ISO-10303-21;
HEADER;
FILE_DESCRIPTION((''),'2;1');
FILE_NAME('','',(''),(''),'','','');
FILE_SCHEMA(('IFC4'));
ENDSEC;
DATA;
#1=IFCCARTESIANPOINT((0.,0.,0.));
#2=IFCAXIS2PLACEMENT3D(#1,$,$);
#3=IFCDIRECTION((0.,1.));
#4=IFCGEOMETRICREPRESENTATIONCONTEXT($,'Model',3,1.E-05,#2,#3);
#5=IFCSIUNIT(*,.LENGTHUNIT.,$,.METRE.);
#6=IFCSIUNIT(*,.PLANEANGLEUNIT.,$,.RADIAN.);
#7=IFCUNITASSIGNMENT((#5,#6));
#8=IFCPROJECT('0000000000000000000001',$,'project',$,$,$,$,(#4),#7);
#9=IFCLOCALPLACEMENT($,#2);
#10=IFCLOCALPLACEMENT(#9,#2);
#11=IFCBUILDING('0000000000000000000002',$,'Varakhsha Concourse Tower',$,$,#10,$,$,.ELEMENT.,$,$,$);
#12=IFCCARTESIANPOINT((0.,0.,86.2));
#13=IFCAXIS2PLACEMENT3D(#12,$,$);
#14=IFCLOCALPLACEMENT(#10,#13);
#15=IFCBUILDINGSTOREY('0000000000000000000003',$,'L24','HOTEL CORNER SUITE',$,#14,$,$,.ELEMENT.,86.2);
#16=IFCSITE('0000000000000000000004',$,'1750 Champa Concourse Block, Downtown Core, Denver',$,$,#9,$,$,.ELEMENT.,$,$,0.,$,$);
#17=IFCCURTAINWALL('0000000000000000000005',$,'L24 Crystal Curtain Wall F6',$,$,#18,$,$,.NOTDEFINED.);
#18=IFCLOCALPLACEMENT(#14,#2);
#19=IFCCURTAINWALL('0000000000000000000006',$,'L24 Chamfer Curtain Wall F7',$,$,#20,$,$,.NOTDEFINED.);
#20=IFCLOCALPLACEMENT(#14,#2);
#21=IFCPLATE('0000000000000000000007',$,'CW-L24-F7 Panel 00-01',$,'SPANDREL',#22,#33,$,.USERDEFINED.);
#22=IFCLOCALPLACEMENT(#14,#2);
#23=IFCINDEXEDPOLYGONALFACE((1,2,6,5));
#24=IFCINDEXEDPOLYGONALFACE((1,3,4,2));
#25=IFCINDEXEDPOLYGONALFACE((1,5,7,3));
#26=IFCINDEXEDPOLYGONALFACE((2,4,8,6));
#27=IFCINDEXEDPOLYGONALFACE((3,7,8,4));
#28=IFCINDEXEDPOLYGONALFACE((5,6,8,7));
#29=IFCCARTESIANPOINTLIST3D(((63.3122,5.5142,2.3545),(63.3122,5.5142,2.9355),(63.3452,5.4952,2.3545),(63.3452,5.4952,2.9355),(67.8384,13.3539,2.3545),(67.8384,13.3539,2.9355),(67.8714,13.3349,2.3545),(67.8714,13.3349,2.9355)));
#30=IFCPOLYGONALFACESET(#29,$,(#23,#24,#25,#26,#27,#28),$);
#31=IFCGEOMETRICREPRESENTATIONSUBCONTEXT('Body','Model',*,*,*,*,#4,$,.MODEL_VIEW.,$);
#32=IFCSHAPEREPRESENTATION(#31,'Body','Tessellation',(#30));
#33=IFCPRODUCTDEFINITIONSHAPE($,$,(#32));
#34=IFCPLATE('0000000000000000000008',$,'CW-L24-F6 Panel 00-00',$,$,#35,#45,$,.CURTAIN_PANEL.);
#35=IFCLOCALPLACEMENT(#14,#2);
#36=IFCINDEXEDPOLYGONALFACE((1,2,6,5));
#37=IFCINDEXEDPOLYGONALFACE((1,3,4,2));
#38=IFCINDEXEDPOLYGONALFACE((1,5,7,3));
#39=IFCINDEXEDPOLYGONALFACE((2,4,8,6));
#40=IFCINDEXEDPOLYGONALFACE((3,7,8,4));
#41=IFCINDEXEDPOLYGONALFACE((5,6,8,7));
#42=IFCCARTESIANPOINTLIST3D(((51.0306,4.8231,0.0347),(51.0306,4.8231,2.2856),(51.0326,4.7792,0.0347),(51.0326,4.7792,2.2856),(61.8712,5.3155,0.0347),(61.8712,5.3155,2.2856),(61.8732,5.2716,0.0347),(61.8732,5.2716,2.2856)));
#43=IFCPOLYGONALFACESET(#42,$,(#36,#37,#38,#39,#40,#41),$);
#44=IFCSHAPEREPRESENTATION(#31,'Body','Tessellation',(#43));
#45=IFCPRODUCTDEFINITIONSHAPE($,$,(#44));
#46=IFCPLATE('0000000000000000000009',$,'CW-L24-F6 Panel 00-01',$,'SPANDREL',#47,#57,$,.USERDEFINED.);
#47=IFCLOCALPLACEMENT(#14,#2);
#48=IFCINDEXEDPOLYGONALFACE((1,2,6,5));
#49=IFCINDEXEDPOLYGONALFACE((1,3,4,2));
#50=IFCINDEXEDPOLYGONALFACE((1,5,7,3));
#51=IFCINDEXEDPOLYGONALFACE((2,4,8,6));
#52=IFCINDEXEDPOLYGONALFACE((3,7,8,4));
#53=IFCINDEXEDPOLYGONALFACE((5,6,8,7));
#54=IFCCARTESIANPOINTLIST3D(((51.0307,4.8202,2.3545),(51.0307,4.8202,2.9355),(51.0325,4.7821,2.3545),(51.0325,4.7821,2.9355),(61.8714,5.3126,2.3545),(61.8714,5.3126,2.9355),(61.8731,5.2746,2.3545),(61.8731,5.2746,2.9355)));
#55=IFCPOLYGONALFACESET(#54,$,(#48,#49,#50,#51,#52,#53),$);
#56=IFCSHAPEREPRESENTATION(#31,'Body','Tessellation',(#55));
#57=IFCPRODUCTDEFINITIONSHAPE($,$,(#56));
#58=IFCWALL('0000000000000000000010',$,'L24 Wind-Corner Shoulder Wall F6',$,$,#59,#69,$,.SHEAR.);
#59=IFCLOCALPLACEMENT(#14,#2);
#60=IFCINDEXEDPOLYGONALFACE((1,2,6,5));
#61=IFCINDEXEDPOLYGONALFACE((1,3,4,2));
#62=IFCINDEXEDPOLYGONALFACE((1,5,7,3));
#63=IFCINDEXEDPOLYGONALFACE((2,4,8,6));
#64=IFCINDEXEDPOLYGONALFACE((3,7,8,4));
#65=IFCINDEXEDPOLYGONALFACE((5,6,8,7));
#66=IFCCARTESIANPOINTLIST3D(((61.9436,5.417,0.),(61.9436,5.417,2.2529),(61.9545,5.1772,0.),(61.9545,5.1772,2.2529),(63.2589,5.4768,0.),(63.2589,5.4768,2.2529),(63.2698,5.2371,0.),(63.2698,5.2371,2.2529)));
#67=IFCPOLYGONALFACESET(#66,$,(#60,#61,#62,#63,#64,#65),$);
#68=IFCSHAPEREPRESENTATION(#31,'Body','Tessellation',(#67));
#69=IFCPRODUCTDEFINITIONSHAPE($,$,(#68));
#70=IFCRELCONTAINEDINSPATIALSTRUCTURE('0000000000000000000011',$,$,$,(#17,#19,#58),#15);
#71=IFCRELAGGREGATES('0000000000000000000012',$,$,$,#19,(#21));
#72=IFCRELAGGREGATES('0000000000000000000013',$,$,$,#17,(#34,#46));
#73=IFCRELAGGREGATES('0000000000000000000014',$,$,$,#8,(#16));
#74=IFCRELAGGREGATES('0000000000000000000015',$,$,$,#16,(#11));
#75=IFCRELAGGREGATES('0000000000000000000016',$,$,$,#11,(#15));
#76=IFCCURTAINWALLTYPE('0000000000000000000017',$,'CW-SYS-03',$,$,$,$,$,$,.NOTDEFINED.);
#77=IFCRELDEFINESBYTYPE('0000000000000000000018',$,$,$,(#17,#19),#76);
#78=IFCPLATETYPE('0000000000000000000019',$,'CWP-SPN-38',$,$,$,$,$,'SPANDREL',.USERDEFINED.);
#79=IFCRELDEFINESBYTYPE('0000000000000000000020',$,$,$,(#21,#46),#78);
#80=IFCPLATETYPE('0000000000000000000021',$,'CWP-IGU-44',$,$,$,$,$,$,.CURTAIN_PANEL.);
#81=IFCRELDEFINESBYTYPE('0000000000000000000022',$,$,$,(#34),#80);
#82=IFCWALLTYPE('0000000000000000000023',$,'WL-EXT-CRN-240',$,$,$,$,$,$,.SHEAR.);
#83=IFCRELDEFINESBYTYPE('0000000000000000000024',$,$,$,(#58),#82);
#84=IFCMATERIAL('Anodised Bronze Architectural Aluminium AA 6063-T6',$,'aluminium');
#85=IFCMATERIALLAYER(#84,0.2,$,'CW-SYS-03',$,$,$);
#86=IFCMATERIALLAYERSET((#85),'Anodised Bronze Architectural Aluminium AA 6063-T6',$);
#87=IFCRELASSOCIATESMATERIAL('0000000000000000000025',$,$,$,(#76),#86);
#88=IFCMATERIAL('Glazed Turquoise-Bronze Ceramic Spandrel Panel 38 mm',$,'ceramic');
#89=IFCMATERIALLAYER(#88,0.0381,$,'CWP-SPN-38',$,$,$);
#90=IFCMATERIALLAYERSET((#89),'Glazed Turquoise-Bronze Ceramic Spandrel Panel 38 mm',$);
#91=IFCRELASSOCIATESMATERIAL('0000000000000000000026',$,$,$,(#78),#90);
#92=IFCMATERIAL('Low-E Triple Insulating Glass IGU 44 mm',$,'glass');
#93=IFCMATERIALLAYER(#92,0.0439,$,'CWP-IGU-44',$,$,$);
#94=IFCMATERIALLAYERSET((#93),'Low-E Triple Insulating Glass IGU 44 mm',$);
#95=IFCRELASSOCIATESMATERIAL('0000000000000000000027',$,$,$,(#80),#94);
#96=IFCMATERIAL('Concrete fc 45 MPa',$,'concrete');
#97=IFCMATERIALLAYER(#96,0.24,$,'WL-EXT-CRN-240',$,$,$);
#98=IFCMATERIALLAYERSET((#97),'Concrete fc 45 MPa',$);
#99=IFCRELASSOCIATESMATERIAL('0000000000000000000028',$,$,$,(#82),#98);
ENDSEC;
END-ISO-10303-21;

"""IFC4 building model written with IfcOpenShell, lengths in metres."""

from ifc_helpers import new_model, si_unit, direction, frame, frame_2d, origin, origin_2d, place, context, subcontext, project, spatial, rectangle, extrude, source, transform, mapped, material, layer, layer_set, type_object, type_shapes, element, aggregate, save


model = new_model("IFC4")

# Units and contexts
model_context = context("Model", 3, precision=1e-05, world=origin(), true_north=direction((0.0, 1.0)))
body_context = subcontext(model_context, "Body", "Model", "MODEL_VIEW")
ifc_project = project(units=[si_unit("LENGTHUNIT", "METRE"), si_unit("PLANEANGLEUNIT", "RADIAN")], contexts=[model_context])

# Site, building, storey
site_placement = place(None, origin())
site = spatial("IfcSite", under=ifc_project, at=site_placement, Name="1750 Champa Concourse Block, Downtown Core, Denver", CompositionType="ELEMENT", RefElevation=0.0)
building_placement = place(site_placement, origin())
building = spatial("IfcBuilding", under=site, at=building_placement, Name="Varakhsha Concourse Tower", CompositionType="ELEMENT")
storey_placement = place(building_placement, frame((0.0, 0.0, 86.2)))
storey = spatial("IfcBuildingStorey", under=building, at=storey_placement, Name="L24", Description="HOTEL CORNER SUITE", CompositionType="ELEMENT", Elevation=86.2)

# Curtain walls
ifc_material_1 = material(Name="Anodised Bronze Architectural Aluminium AA 6063-T6", Category="aluminium")
ifc_layer_1 = layer(ifc_material_1, 0.2, Name="CW-SYS-03")
ifc_layer_set_1 = layer_set([ifc_layer_1], Name="Anodised Bronze Architectural Aluminium AA 6063-T6")
curtain_wall_type = type_object("IfcCurtainWallType", Name="CW-SYS-03", PredefinedType="NOTDEFINED", material=ifc_layer_set_1)
curtain_wall_1_placement = place(storey_placement, origin())
curtain_wall_1 = element("IfcCurtainWall", 1, at=curtain_wall_1_placement, inside=storey, type_object=curtain_wall_type, Name="L24 Crystal Curtain Wall F6", PredefinedType="NOTDEFINED")
curtain_wall_2_placement = place(storey_placement, origin())
curtain_wall_2 = element("IfcCurtainWall", 2, at=curtain_wall_2_placement, inside=storey, type_object=curtain_wall_type, Name="L24 Chamfer Curtain Wall F7", PredefinedType="NOTDEFINED")

# Plates
ifc_material_2 = material(Name="Glazed Turquoise-Bronze Ceramic Spandrel Panel 38 mm", Category="ceramic")
ifc_layer_2 = layer(ifc_material_2, 0.0381, Name="CWP-SPN-38")
ifc_layer_set_2 = layer_set([ifc_layer_2], Name="Glazed Turquoise-Bronze Ceramic Spandrel Panel 38 mm")
plate_type_1 = type_object("IfcPlateType", Name="CWP-SPN-38", ElementType="SPANDREL", PredefinedType="USERDEFINED", material=ifc_layer_set_2)
shared_shape_1 = source(origin(), body_context, "Body", "SweptSolid", [
    extrude(rectangle(XDim=9.0525, YDim=0.0381, at=origin_2d()), origin(), (0.0, 0.0, 1.0), 0.5811),
])
plate_1_placement = place(storey_placement, frame((65.5918, 9.4246, 2.3545), z_axis=(0.0, 0.0, 1.0), x_axis=(-0.499997, -0.866027, 0.0)))
plate_1 = element("IfcPlate", 3, at=plate_1_placement, type_object=plate_type_1, Name="CW-L24-F7 Panel 00-01", ObjectType="SPANDREL", PredefinedType="USERDEFINED", context=body_context, shape_type="MappedRepresentation", body=[
    mapped(shared_shape_1, transform((0.0, 0.0, 0.0), scale=1.0)),
])
aggregate(curtain_wall_2, [plate_1])
ifc_material_3 = material(Name="Low-E Triple Insulating Glass IGU 44 mm", Category="glass")
ifc_layer_3 = layer(ifc_material_3, 0.0439, Name="CWP-IGU-44")
ifc_layer_set_3 = layer_set([ifc_layer_3], Name="Low-E Triple Insulating Glass IGU 44 mm")
plate_type_2 = type_object("IfcPlateType", Name="CWP-IGU-44", PredefinedType="CURTAIN_PANEL", material=ifc_layer_set_3)
shared_shape_2 = source(origin(), body_context, "Body", "SweptSolid", [
    extrude(rectangle(XDim=10.8518, YDim=0.0439, at=origin_2d()), origin(), (0.0, 0.0, 1.0), 2.251),
])
type_shapes(plate_type_2, [shared_shape_2])
plate_2_placement = place(storey_placement, frame((56.4519, 5.0474, 0.0347), z_axis=(0.0, 0.0, 1.0), x_axis=(-0.99897, -0.04538, 0.0)))
plate_2 = element("IfcPlate", 4, at=plate_2_placement, type_object=plate_type_2, Name="CW-L24-F6 Panel 00-00", PredefinedType="CURTAIN_PANEL", context=body_context, shape_type="MappedRepresentation", body=[
    mapped(shared_shape_2, transform((0.0, 0.0, 0.0), scale=1.0)),
])
shared_shape_3 = source(origin(), body_context, "Body", "SweptSolid", [
    extrude(rectangle(XDim=10.8518, YDim=0.0381, at=origin_2d()), origin(), (0.0, 0.0, 1.0), 0.5811),
])
type_shapes(plate_type_1, [shared_shape_1, shared_shape_3])
plate_3_placement = place(storey_placement, frame((56.4519, 5.0474, 2.3545), z_axis=(0.0, 0.0, 1.0), x_axis=(-0.99897, -0.04538, 0.0)))
plate_3 = element("IfcPlate", 5, at=plate_3_placement, type_object=plate_type_1, Name="CW-L24-F6 Panel 00-01", ObjectType="SPANDREL", PredefinedType="USERDEFINED", context=body_context, shape_type="MappedRepresentation", body=[
    mapped(shared_shape_3, transform((0.0, 0.0, 0.0), scale=1.0)),
])
aggregate(curtain_wall_1, [plate_2, plate_3])

# Wall
ifc_material_4 = material(Name="Concrete fc 45 MPa", Category="concrete")
ifc_layer_4 = layer(ifc_material_4, 0.24, Name="WL-EXT-CRN-240")
ifc_layer_set_4 = layer_set([ifc_layer_4], Name="Concrete fc 45 MPa")
wall_type = type_object("IfcWallType", Name="WL-EXT-CRN-240", PredefinedType="SHEAR", material=ifc_layer_set_4)
wall_placement = place(storey_placement, frame((61.9492, 5.2971, 0.0), z_axis=(0.0, 0.0, 1.0), x_axis=(0.998967, 0.045433, 0.0)))
element("IfcWall", 6, at=wall_placement, inside=storey, type_object=wall_type, Name="L24 Wind-Corner Shoulder Wall F6", PredefinedType="SHEAR", context=body_context, shape_type="SweptSolid", body=[
    extrude(rectangle(XDim=1.3167, YDim=0.24, at=frame_2d((0.6582, 0.0))), origin(), (0.0, 0.0, 1.0), 2.2529),
])

save(model, "model.ifc")
